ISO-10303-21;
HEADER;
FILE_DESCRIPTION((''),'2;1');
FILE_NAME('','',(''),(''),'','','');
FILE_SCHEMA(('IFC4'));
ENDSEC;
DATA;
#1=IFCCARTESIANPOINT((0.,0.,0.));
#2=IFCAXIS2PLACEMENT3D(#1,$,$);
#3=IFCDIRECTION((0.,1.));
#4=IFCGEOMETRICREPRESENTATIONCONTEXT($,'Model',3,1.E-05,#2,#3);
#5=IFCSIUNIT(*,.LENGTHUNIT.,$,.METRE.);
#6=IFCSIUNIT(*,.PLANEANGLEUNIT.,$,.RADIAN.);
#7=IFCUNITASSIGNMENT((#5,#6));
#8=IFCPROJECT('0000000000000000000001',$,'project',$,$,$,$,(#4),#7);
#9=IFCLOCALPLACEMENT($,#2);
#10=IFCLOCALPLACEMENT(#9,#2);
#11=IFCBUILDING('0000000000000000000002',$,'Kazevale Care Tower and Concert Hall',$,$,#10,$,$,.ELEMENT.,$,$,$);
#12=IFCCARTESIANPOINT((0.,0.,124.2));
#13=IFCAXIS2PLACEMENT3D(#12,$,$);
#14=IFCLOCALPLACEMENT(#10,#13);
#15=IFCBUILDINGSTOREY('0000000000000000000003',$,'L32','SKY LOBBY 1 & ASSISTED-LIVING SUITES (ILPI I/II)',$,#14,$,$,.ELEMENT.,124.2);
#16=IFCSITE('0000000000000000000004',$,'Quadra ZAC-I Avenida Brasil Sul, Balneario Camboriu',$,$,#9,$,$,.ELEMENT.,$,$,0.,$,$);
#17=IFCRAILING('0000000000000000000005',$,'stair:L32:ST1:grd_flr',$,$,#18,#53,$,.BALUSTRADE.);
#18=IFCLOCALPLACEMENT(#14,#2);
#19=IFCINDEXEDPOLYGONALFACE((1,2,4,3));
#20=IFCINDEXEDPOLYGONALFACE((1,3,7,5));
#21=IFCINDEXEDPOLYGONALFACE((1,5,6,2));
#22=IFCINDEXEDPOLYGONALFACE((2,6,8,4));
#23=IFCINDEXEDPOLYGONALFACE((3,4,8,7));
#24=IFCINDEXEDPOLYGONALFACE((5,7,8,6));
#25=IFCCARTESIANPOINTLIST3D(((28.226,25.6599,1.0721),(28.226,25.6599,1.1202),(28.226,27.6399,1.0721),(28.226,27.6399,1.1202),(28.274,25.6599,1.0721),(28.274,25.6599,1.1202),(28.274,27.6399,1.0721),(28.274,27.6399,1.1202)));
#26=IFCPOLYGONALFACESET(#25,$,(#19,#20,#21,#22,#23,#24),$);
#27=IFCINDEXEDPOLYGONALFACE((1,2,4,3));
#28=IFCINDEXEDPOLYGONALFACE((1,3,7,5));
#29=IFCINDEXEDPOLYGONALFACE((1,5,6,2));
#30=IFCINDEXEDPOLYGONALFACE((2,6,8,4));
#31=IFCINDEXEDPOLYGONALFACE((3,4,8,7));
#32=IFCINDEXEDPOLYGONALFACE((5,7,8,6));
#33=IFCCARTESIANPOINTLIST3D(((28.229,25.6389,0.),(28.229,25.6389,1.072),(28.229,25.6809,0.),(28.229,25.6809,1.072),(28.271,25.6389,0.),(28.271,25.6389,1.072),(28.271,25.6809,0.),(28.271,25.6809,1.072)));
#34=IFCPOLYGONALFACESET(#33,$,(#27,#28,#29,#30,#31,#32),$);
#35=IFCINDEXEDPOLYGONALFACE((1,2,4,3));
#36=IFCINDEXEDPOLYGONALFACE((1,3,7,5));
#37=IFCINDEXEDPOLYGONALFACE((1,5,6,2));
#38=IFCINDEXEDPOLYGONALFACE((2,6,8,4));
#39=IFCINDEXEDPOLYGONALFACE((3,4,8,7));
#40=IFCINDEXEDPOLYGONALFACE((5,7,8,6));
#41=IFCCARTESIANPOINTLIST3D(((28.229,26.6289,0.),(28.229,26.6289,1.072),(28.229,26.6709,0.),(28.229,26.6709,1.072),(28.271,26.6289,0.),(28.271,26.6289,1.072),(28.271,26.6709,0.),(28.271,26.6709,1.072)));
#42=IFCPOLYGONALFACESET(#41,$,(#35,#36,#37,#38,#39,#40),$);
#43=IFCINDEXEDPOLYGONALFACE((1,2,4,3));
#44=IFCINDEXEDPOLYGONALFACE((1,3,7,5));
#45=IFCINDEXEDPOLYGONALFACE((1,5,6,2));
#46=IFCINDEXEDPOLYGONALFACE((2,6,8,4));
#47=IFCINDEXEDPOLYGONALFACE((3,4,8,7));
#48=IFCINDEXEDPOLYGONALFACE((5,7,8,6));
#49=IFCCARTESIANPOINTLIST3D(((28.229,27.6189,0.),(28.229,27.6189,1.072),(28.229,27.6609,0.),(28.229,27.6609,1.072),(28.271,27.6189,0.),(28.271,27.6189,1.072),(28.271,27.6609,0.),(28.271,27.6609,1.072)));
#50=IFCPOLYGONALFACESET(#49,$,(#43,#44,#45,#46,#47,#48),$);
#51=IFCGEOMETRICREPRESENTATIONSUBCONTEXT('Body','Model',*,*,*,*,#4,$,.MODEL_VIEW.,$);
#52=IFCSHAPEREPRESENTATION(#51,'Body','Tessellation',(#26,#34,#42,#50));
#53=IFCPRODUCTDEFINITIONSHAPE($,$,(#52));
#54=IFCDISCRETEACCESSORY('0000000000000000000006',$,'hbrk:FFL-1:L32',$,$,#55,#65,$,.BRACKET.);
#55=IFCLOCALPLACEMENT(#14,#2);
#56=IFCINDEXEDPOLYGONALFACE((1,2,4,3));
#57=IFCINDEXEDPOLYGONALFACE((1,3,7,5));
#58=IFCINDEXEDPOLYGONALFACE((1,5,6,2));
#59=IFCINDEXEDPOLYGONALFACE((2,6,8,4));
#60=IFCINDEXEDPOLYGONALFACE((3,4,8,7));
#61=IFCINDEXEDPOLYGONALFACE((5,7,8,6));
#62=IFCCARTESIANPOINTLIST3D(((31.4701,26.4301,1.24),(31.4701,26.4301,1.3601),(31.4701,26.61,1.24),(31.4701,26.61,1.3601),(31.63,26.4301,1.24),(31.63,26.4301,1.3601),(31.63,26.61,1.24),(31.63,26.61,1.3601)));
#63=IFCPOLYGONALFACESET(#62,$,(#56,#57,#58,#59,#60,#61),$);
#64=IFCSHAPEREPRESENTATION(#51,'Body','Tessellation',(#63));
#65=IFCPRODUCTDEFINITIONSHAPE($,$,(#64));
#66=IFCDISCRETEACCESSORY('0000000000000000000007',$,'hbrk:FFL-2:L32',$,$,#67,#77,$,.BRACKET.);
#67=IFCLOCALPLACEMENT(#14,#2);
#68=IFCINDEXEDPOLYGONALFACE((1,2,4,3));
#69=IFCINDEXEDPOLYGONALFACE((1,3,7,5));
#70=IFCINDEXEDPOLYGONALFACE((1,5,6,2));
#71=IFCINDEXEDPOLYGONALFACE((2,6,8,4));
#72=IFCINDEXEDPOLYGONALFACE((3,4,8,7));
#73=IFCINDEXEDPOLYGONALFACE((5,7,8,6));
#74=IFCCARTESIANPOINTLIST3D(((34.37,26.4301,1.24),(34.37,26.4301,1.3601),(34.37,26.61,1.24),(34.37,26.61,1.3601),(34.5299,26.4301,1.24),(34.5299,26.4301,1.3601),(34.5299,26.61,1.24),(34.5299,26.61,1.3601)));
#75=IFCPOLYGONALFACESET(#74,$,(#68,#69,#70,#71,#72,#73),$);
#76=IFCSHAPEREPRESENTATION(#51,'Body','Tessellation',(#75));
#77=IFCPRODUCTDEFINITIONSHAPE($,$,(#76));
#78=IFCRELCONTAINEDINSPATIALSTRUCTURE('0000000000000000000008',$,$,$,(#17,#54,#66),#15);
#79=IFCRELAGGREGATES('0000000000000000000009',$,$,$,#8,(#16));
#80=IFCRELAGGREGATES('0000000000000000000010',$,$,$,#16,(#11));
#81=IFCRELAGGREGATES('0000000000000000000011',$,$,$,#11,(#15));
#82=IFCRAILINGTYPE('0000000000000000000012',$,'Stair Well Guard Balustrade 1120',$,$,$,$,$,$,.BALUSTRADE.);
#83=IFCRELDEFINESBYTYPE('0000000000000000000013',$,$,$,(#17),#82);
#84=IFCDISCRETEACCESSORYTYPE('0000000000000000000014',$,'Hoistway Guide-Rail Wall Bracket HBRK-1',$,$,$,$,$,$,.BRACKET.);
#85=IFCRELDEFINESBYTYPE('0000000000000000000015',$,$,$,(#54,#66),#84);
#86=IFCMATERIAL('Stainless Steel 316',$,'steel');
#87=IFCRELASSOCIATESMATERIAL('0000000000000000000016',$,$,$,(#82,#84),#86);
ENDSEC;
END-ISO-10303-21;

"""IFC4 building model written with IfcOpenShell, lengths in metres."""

from ifc_helpers import new_model, si_unit, direction, frame, origin, origin_2d, place, context, subcontext, project, spatial, rectangle, extrude, material, type_object, element, save


model = new_model("IFC4")

# Units and contexts
model_context = context("Model", 3, precision=1e-05, world=origin(), true_north=direction((0.0, 1.0)))
body_context = subcontext(model_context, "Body", "Model", "MODEL_VIEW")
ifc_project = project(units=[si_unit("LENGTHUNIT", "METRE"), si_unit("PLANEANGLEUNIT", "RADIAN")], contexts=[model_context])

# Site, building, storey
site_placement = place(None, origin())
site = spatial("IfcSite", under=ifc_project, at=site_placement, Name="Quadra ZAC-I Avenida Brasil Sul, Balneario Camboriu", CompositionType="ELEMENT", RefElevation=0.0)
building_placement = place(site_placement, origin())
building = spatial("IfcBuilding", under=site, at=building_placement, Name="Kazevale Care Tower and Concert Hall", CompositionType="ELEMENT")
storey_placement = place(building_placement, frame((0.0, 0.0, 124.2)))
storey = spatial("IfcBuildingStorey", under=building, at=storey_placement, Name="L32", Description="SKY LOBBY 1 & ASSISTED-LIVING SUITES (ILPI I/II)", CompositionType="ELEMENT", Elevation=124.2)

# Shared definitions
ifc_material_1 = material(Name="Stainless Steel 316", Category="steel")

# Railing
railing_type_1 = type_object("IfcRailingType", Name="Stair Well Guard Balustrade 1120", PredefinedType="BALUSTRADE", material=ifc_material_1)
railing_1_placement = place(storey_placement, frame((28.25, 25.6599, 0.0)))
element("IfcRailing", 1, at=railing_1_placement, inside=storey, type_object=railing_type_1, Name="stair:L32:ST1:grd_flr", PredefinedType="BALUSTRADE", context=body_context, shape_type="SweptSolid", body=[
    extrude(rectangle(XDim=0.0481, YDim=0.0481, at=origin_2d()), frame((0.0, 0.0, 1.0962), z_axis=(0.0, 1.0, 0.0), x_axis=(-1.0, 0.0, 0.0)), (0.0, 0.0, 1.0), 1.98),
    extrude(rectangle(XDim=0.042, YDim=0.042, at=origin_2d()), origin(), (0.0, 0.0, 1.0), 1.072),
    extrude(rectangle(XDim=0.042, YDim=0.042, at=origin_2d()), frame((0.0, 0.99, 0.0)), (0.0, 0.0, 1.0), 1.072),
    extrude(rectangle(XDim=0.042, YDim=0.042, at=origin_2d()), frame((0.0, 1.98, 0.0)), (0.0, 0.0, 1.0), 1.072),
])

# Discrete accessories
discrete_accessory_type = type_object("IfcDiscreteAccessoryType", Name="Hoistway Guide-Rail Wall Bracket HBRK-1", PredefinedType="BRACKET", material=ifc_material_1)
for number, where, z_axis, x_axis, name in (
    (2, (31.55, 26.52, 1.24), (0.0, 0.0, 1.0), (1.0, 0.0, 0.0), "hbrk:FFL-1:L32"),
    (3, (34.45, 26.52, 1.24), (0.0, 0.0, 1.0), (1.0, 0.0, 0.0), "hbrk:FFL-2:L32"),
):
    element("IfcDiscreteAccessory", number, at=place(storey_placement, frame(where, z_axis=z_axis, x_axis=x_axis)), inside=storey, type_object=discrete_accessory_type, Name=name, PredefinedType="BRACKET", context=body_context, shape_type="SweptSolid", body=[
        extrude(rectangle(XDim=0.1599, YDim=0.1799, at=origin_2d()), origin(), (0.0, 0.0, 1.0), 0.1201),
    ])

save(model, "model.ifc")
